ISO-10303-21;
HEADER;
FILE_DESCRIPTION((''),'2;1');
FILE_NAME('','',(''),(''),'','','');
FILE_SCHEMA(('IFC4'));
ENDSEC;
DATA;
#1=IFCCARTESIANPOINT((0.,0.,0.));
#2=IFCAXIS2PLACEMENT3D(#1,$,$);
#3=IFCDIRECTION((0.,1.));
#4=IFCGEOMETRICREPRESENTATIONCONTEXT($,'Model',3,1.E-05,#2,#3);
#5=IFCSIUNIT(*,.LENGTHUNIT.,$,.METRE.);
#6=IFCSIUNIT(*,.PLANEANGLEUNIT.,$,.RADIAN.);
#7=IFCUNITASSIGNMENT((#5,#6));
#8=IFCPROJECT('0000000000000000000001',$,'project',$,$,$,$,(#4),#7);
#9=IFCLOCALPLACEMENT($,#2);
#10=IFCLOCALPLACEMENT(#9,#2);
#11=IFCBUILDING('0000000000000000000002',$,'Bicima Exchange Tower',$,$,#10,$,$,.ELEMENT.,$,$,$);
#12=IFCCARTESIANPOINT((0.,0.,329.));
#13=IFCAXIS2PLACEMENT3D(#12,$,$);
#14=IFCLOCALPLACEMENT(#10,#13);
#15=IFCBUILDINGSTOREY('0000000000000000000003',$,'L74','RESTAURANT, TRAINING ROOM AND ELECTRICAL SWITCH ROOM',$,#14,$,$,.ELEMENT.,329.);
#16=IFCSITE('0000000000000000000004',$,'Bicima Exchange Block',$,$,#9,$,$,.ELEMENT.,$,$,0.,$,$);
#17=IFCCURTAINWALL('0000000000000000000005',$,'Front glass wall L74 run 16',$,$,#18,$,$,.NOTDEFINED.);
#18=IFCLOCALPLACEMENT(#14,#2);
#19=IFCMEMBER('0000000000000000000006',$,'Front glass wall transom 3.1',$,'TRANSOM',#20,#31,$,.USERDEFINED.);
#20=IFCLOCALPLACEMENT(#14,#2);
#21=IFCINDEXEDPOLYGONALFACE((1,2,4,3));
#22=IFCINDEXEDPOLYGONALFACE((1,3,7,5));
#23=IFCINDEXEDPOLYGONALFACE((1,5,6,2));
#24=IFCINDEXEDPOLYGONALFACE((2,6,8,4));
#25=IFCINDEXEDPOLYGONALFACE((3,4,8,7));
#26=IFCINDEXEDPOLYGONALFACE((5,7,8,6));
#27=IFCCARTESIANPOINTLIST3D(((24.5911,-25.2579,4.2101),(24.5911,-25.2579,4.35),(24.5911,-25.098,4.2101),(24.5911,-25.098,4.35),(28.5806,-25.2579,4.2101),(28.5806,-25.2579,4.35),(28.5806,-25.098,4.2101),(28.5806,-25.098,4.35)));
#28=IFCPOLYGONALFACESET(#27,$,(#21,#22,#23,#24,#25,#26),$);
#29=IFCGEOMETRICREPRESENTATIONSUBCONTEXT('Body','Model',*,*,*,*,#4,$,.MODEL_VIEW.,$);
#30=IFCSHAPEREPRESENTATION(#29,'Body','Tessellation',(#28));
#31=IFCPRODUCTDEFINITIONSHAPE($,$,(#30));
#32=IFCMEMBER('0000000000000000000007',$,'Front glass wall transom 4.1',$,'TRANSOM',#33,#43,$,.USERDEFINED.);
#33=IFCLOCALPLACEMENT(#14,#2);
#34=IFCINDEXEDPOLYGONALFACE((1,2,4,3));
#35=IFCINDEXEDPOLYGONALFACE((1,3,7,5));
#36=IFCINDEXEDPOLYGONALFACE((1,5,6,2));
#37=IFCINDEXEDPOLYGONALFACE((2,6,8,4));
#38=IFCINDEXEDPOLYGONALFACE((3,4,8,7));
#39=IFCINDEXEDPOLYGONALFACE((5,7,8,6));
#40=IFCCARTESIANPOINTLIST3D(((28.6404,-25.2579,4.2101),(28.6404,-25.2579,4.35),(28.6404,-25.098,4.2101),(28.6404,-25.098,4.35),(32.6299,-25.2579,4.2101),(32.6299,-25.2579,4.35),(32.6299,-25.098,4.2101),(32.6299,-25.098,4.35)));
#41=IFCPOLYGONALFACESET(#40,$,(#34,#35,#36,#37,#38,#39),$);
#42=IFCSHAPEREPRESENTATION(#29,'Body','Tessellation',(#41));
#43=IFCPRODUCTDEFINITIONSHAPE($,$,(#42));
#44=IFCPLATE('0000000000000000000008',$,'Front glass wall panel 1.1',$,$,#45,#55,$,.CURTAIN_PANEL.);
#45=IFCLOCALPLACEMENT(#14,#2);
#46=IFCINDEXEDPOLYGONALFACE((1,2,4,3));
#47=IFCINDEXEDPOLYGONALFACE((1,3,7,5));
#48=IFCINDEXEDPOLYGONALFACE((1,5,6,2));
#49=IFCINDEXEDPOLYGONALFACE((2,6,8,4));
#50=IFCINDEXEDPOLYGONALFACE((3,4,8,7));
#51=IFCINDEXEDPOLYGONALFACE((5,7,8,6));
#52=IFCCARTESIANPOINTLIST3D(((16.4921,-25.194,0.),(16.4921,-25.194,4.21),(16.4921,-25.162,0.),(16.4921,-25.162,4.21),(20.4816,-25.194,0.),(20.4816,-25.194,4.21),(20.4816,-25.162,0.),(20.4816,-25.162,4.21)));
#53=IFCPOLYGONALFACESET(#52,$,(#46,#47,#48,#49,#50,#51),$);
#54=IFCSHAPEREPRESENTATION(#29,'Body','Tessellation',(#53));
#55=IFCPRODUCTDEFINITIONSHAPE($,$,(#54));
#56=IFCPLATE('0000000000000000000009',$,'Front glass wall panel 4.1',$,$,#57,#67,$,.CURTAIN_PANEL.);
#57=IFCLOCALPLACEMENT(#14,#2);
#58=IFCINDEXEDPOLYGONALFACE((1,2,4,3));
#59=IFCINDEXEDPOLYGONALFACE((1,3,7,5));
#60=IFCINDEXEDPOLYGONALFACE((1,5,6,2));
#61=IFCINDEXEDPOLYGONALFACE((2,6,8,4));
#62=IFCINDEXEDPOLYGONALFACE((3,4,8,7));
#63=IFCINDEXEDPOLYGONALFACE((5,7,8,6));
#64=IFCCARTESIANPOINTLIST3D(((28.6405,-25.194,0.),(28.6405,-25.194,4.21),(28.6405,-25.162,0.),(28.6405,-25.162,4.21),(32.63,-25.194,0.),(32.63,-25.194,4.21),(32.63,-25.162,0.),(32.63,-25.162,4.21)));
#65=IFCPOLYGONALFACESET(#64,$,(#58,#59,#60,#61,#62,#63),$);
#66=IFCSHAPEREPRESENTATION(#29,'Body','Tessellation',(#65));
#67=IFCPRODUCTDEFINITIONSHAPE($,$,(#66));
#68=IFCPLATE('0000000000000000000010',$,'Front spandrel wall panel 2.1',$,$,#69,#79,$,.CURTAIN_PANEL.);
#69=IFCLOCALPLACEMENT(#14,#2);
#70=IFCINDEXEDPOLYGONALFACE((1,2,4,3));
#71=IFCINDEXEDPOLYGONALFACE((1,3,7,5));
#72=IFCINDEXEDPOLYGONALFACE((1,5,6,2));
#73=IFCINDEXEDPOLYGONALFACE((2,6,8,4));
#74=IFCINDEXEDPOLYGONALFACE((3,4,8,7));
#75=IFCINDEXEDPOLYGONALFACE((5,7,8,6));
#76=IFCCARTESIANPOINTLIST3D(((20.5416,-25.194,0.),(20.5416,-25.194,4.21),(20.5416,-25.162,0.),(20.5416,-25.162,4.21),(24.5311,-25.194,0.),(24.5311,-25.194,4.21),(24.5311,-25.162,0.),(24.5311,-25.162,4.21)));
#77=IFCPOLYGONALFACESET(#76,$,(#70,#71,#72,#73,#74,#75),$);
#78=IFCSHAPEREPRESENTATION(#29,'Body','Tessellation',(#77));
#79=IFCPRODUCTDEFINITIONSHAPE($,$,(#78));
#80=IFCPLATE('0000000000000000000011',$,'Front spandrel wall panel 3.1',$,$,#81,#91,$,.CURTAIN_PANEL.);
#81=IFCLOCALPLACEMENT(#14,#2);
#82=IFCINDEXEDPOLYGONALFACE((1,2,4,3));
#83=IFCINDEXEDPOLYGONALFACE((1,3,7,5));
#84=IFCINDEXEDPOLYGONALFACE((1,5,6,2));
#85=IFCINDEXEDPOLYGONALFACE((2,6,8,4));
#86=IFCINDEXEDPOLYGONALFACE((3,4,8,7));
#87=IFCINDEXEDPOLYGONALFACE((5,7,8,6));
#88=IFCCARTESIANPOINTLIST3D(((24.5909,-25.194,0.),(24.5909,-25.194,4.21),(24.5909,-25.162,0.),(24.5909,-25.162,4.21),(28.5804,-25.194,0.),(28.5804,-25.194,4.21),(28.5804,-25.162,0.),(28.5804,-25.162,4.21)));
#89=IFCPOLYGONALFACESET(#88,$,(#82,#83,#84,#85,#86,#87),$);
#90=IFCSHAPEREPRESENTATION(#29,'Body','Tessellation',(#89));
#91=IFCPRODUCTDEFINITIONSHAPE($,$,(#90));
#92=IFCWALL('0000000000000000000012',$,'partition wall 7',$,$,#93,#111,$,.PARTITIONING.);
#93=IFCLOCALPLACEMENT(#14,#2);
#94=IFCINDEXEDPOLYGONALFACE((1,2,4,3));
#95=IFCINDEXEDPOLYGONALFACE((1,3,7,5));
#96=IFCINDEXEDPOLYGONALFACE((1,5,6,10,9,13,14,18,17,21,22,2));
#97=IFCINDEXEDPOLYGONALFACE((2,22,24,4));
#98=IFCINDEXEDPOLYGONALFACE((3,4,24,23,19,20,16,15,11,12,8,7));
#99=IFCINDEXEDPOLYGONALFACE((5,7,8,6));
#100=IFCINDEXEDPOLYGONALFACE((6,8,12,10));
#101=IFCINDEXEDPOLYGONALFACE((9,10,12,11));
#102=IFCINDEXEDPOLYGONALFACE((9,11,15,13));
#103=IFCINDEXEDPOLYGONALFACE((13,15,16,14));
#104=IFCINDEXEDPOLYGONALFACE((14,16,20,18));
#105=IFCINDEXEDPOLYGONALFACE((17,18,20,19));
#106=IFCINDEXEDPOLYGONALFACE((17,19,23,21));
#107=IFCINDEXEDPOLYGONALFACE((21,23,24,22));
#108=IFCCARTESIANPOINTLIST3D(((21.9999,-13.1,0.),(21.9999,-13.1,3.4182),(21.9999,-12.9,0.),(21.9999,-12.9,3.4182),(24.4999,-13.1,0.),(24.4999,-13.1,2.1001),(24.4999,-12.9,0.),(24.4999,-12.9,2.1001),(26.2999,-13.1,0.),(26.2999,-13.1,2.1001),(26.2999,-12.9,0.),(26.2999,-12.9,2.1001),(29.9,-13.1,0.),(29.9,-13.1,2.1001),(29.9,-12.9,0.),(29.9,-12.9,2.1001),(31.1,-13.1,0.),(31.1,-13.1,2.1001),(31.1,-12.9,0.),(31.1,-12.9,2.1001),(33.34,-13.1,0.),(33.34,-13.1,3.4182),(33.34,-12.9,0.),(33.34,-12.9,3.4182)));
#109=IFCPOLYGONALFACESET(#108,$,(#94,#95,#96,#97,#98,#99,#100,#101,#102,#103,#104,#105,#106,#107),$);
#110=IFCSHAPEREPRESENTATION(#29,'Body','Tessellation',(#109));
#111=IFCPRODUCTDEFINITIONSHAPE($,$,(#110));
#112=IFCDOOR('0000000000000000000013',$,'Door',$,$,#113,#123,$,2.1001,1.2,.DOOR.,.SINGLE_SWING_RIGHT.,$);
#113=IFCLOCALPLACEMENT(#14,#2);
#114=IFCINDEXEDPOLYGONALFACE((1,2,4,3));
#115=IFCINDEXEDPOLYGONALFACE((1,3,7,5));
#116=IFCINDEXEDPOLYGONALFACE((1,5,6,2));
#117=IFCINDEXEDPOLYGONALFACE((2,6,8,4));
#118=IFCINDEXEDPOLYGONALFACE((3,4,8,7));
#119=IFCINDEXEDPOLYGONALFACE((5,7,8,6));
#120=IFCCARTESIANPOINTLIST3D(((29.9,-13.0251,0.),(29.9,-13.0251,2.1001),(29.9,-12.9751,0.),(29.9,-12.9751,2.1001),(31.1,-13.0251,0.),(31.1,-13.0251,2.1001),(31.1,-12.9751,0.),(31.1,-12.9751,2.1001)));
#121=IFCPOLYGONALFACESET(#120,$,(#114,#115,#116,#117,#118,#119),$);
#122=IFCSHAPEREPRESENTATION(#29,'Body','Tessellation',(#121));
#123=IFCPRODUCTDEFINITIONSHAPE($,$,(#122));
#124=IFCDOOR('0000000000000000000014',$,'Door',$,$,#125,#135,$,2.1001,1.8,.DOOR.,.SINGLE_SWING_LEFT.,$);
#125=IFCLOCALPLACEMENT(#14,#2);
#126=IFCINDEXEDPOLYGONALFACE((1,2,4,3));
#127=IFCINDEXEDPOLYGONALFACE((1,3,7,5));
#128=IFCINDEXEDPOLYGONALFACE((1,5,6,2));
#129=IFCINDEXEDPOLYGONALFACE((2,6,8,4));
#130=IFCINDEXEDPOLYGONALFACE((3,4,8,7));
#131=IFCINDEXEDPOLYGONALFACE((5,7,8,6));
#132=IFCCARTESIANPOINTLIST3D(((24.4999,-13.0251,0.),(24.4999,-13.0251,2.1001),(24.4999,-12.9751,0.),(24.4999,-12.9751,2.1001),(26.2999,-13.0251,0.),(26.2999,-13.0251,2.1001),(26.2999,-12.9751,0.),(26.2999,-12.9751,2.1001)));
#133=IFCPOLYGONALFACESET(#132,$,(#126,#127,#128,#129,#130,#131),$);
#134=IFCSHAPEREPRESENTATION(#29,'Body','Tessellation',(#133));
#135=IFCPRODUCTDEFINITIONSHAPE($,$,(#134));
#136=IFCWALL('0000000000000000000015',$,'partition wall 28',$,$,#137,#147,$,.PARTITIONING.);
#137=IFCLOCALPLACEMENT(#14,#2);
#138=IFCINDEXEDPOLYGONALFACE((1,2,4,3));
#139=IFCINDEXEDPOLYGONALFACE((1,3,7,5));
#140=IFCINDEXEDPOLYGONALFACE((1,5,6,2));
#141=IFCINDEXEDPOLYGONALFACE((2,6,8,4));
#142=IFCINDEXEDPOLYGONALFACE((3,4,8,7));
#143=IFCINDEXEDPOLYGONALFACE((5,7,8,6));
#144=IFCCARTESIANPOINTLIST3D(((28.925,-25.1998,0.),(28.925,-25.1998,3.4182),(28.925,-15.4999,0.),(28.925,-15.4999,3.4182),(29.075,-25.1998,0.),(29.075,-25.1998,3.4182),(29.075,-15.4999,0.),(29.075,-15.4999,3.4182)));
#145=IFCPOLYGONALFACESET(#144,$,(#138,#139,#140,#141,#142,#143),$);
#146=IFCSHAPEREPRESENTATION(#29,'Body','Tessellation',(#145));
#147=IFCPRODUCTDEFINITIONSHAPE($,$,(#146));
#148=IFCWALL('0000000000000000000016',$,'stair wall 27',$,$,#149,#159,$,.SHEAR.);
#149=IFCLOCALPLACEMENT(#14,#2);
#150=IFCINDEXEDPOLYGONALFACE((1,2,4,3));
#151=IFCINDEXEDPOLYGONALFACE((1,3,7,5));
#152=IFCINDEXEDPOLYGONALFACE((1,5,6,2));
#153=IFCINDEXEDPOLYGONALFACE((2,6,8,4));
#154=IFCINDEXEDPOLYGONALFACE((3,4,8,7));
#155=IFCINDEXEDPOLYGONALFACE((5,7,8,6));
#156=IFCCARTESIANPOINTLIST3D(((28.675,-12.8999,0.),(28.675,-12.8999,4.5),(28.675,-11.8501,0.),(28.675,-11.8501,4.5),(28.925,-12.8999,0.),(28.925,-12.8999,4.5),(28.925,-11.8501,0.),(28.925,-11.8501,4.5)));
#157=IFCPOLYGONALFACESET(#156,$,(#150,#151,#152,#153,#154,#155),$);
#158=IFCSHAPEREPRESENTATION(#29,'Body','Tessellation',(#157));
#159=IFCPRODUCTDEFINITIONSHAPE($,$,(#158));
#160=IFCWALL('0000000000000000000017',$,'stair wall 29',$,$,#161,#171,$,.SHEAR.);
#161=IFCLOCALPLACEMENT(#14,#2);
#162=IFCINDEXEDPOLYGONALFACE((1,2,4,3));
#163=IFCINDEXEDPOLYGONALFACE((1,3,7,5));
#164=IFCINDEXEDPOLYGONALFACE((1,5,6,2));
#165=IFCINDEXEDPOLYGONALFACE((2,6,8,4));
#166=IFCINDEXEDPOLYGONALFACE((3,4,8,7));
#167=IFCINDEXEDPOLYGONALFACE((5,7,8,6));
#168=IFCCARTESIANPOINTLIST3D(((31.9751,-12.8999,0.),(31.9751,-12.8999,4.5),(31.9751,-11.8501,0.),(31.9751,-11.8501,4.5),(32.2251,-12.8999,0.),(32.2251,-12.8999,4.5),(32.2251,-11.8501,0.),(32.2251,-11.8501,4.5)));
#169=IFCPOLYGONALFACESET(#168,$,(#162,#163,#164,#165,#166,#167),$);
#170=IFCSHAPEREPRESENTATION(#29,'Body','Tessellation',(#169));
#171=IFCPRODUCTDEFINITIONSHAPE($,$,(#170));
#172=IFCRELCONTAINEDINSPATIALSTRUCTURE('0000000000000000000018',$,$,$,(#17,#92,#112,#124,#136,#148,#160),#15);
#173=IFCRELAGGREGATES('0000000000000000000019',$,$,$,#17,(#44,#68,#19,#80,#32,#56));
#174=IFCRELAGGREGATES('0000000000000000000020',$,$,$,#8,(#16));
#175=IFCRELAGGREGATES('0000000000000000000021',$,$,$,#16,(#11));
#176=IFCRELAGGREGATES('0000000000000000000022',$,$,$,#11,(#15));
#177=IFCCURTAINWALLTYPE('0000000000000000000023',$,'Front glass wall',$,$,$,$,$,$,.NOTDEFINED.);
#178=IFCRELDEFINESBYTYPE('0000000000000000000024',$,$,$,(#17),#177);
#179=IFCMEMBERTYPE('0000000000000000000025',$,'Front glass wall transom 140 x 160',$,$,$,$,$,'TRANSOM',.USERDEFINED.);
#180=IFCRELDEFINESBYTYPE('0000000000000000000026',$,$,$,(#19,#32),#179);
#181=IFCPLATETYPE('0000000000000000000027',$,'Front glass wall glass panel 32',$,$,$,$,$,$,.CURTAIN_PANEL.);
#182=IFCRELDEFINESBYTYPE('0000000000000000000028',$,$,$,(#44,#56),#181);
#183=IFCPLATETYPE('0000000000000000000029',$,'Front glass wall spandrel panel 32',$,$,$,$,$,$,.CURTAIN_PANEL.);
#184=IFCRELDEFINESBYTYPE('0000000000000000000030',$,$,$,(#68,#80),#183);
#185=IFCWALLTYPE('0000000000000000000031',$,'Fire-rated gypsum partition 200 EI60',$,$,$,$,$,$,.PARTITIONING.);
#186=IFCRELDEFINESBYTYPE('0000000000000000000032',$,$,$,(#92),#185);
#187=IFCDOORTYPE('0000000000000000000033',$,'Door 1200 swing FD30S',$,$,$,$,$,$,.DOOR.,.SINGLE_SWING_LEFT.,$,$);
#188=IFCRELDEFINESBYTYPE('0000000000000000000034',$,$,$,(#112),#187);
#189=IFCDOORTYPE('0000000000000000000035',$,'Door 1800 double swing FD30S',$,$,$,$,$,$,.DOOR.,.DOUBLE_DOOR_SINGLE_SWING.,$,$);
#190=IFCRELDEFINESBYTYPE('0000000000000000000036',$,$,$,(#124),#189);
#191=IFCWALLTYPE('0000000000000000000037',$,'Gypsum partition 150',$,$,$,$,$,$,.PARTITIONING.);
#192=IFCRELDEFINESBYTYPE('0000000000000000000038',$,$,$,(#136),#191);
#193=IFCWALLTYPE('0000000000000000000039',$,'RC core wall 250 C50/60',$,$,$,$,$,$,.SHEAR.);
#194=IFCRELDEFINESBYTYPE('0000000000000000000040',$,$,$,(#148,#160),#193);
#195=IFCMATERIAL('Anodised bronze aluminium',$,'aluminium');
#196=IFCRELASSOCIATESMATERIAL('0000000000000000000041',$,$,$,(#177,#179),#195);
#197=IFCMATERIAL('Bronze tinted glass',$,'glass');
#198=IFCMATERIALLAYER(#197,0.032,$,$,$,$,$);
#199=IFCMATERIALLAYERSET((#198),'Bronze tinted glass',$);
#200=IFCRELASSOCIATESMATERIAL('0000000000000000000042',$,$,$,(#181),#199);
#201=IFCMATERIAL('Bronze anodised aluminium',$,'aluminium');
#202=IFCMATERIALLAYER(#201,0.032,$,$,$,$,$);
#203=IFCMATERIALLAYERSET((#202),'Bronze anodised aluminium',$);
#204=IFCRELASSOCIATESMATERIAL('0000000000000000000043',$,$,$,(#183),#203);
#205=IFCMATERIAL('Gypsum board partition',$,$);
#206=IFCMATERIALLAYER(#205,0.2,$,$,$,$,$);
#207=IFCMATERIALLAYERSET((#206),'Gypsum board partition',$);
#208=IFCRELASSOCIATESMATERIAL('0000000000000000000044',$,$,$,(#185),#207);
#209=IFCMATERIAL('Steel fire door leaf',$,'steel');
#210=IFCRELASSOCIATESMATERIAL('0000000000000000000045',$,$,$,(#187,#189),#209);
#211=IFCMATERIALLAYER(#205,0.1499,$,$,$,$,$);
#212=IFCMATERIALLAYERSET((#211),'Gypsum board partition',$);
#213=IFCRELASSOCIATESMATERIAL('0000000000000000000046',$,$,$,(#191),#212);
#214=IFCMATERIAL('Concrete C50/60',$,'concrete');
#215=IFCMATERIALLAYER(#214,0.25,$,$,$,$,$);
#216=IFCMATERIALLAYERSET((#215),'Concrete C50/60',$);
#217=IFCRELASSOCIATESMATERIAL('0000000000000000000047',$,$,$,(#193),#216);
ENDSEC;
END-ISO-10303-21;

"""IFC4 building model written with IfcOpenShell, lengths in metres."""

from ifc_helpers import new_model, si_unit, direction, frame, frame_2d, origin, origin_2d, place, context, subcontext, project, spatial, rectangle, extrude, material, layer, layer_set, material_profile, profile_set, type_object, element, fill, aggregate, save


model = new_model("IFC4")

# Units and contexts
model_context = context("Model", 3, precision=1e-05, world=origin(), true_north=direction((0.0, 1.0)))
body_context = subcontext(model_context, "Body", "Model", "MODEL_VIEW")
ifc_project = project(units=[si_unit("LENGTHUNIT", "METRE"), si_unit("PLANEANGLEUNIT", "RADIAN")], contexts=[model_context])

# Site, building, storey
site_placement = place(None, origin())
site = spatial("IfcSite", under=ifc_project, at=site_placement, Name="Bicima Exchange Block", CompositionType="ELEMENT", RefElevation=0.0)
building_placement = place(site_placement, origin())
building = spatial("IfcBuilding", under=site, at=building_placement, Name="Bicima Exchange Tower", CompositionType="ELEMENT")
storey_placement = place(building_placement, frame((0.0, 0.0, 329.0)))
storey = spatial("IfcBuildingStorey", under=building, at=storey_placement, Name="L74", Description="RESTAURANT, TRAINING ROOM AND ELECTRICAL SWITCH ROOM", CompositionType="ELEMENT", Elevation=329.0)

# Curtain wall, members, plates
ifc_material_1 = material(Name="Anodised bronze aluminium", Category="aluminium")
curtain_wall_type = type_object("IfcCurtainWallType", Name="Front glass wall", PredefinedType="NOTDEFINED", material=ifc_material_1)
curtain_wall_placement = place(storey_placement, origin())
curtain_wall = element("IfcCurtainWall", 1, at=curtain_wall_placement, inside=storey, type_object=curtain_wall_type, Name="Front glass wall L74 run 16", PredefinedType="NOTDEFINED")
ifc_material_profile_1 = material_profile(ifc_material_1, rectangle(XDim=0.1599, YDim=0.1399, at=origin_2d()))
ifc_profile_set_1 = profile_set([ifc_material_profile_1], Name="Anodised bronze aluminium")
member_type_1 = type_object("IfcMemberType", Name="Front glass wall transom 140 x 160", ElementType="TRANSOM", PredefinedType="USERDEFINED", material=ifc_profile_set_1)
member_1_placement = place(storey_placement, frame((24.5911, -25.178, 4.28), z_axis=(1.0, 0.0, 0.0), x_axis=(0.0, 1.0, 0.0)))
member_1 = element("IfcMember", 2, at=member_1_placement, type_object=member_type_1, Name="Front glass wall transom 3.1", ObjectType="TRANSOM", PredefinedType="USERDEFINED", context=body_context, shape_type="SweptSolid", body=[
    extrude(rectangle(XDim=0.1599, YDim=0.1399, at=origin_2d()), origin(), (0.0, 0.0, 1.0), 3.9895),
])
member_2_placement = place(storey_placement, frame((28.6404, -25.178, 4.28), z_axis=(1.0, 0.0, 0.0), x_axis=(0.0, 1.0, 0.0)))
member_2 = element("IfcMember", 3, at=member_2_placement, type_object=member_type_1, Name="Front glass wall transom 4.1", ObjectType="TRANSOM", PredefinedType="USERDEFINED", context=body_context, shape_type="SweptSolid", body=[
    extrude(rectangle(XDim=0.1599, YDim=0.1399, at=origin_2d()), origin(), (0.0, 0.0, 1.0), 3.9895),
])
ifc_material_2 = material(Name="Bronze tinted glass", Category="glass")
ifc_layer_1 = layer(ifc_material_2, 0.032)
ifc_layer_set_1 = layer_set([ifc_layer_1], Name="Bronze tinted glass")
plate_type_1 = type_object("IfcPlateType", Name="Front glass wall glass panel 32", PredefinedType="CURTAIN_PANEL", material=ifc_layer_set_1)
plate_1_placement = place(storey_placement, frame((18.4868, -25.178, 0.0), z_axis=(0.0, 0.0, 1.0), x_axis=(1.0, 0.0, 0.0)))
plate_1 = element("IfcPlate", 4, at=plate_1_placement, type_object=plate_type_1, Name="Front glass wall panel 1.1", PredefinedType="CURTAIN_PANEL", context=body_context, shape_type="SweptSolid", body=[
    extrude(rectangle(XDim=3.9895, YDim=0.032, at=origin_2d()), origin(), (0.0, 0.0, 1.0), 4.21),
])
plate_2_placement = place(storey_placement, frame((30.6353, -25.178, 0.0), z_axis=(0.0, 0.0, 1.0), x_axis=(1.0, 0.0, 0.0)))
plate_2 = element("IfcPlate", 5, at=plate_2_placement, type_object=plate_type_1, Name="Front glass wall panel 4.1", PredefinedType="CURTAIN_PANEL", context=body_context, shape_type="SweptSolid", body=[
    extrude(rectangle(XDim=3.9895, YDim=0.032, at=origin_2d()), origin(), (0.0, 0.0, 1.0), 4.21),
])
ifc_material_3 = material(Name="Bronze anodised aluminium", Category="aluminium")
ifc_layer_2 = layer(ifc_material_3, 0.032)
ifc_layer_set_2 = layer_set([ifc_layer_2], Name="Bronze anodised aluminium")
plate_type_2 = type_object("IfcPlateType", Name="Front glass wall spandrel panel 32", PredefinedType="CURTAIN_PANEL", material=ifc_layer_set_2)
plate_3_placement = place(storey_placement, frame((22.5364, -25.178, 0.0), z_axis=(0.0, 0.0, 1.0), x_axis=(1.0, 0.0, 0.0)))
plate_3 = element("IfcPlate", 6, at=plate_3_placement, type_object=plate_type_2, Name="Front spandrel wall panel 2.1", PredefinedType="CURTAIN_PANEL", context=body_context, shape_type="SweptSolid", body=[
    extrude(rectangle(XDim=3.9895, YDim=0.032, at=origin_2d()), origin(), (0.0, 0.0, 1.0), 4.21),
])
plate_4_placement = place(storey_placement, frame((26.5857, -25.178, 0.0), z_axis=(0.0, 0.0, 1.0), x_axis=(1.0, 0.0, 0.0)))
plate_4 = element("IfcPlate", 7, at=plate_4_placement, type_object=plate_type_2, Name="Front spandrel wall panel 3.1", PredefinedType="CURTAIN_PANEL", context=body_context, shape_type="SweptSolid", body=[
    extrude(rectangle(XDim=3.9895, YDim=0.032, at=origin_2d()), origin(), (0.0, 0.0, 1.0), 4.21),
])
aggregate(curtain_wall, [plate_1, plate_3, member_1, plate_4, member_2, plate_2])

# Wall, openings, doors
ifc_material_4 = material(Name="Gypsum board partition")
ifc_layer_3 = layer(ifc_material_4, 0.2)
ifc_layer_set_3 = layer_set([ifc_layer_3], Name="Gypsum board partition")
wall_type_1 = type_object("IfcWallType", Name="Fire-rated gypsum partition 200 EI60", PredefinedType="PARTITIONING", material=ifc_layer_set_3)
wall_1_placement = place(storey_placement, frame((22.0, -13.0, 0.0), z_axis=(0.0, 0.0, 1.0), x_axis=(1.0, 0.0, 0.0)))
wall_1 = element("IfcWall", 8, at=wall_1_placement, inside=storey, type_object=wall_type_1, Name="partition wall 7", PredefinedType="PARTITIONING", context=body_context, shape_type="SweptSolid", body=[
    extrude(rectangle(XDim=11.3401, YDim=0.2, at=frame_2d((5.6699, 0.0))), origin(), (0.0, 0.0, 1.0), 3.4182),
])
opening_1_placement = place(wall_1_placement, frame((7.8999, 0.0, 0.0)))
opening_1 = element("IfcOpeningElement", 9, at=opening_1_placement, cuts=wall_1, PredefinedType="OPENING", context=body_context, shape_type="SweptSolid", body=[
    extrude(rectangle(XDim=1.2, YDim=2.1001, at=frame_2d((0.6001, 1.05))), frame((0.0, 0.1118, 0.0), z_axis=(0.0, -1.0, 0.0), x_axis=(1.0, 0.0, 0.0)), (0.0, 0.0, 1.0), 0.2239),
])
opening_2_placement = place(wall_1_placement, frame((2.5, 0.0, 0.0)))
opening_2 = element("IfcOpeningElement", 10, at=opening_2_placement, cuts=wall_1, PredefinedType="OPENING", context=body_context, shape_type="SweptSolid", body=[
    extrude(rectangle(XDim=1.8, YDim=2.1001, at=frame_2d((0.8999, 1.05))), frame((0.0, 0.1118, 0.0), z_axis=(0.0, -1.0, 0.0), x_axis=(1.0, 0.0, 0.0)), (0.0, 0.0, 1.0), 0.2239),
])
ifc_material_5 = material(Name="Steel fire door leaf", Category="steel")
door_type_1 = type_object("IfcDoorType", Name="Door 1200 swing FD30S", OperationType="SINGLE_SWING_LEFT", PredefinedType="DOOR", material=ifc_material_5)
door_1_placement = place(opening_1_placement, origin())
door_1 = element("IfcDoor", 11, at=door_1_placement, inside=storey, type_object=door_type_1, Name="Door", OperationType="SINGLE_SWING_RIGHT", OverallHeight=2.1001, OverallWidth=1.2, PredefinedType="DOOR", context=body_context, shape_type="SweptSolid", body=[
    extrude(rectangle(XDim=1.2, YDim=2.1001, at=frame_2d((0.6001, 1.05))), frame((0.0, 0.0249, 0.0), z_axis=(0.0, -1.0, 0.0), x_axis=(1.0, 0.0, 0.0)), (0.0, 0.0, 1.0), 0.05),
])
fill(opening_1, door_1)
door_type_2 = type_object("IfcDoorType", Name="Door 1800 double swing FD30S", OperationType="DOUBLE_DOOR_SINGLE_SWING", PredefinedType="DOOR", material=ifc_material_5)
door_2_placement = place(opening_2_placement, origin())
door_2 = element("IfcDoor", 12, at=door_2_placement, inside=storey, type_object=door_type_2, Name="Door", OperationType="SINGLE_SWING_LEFT", OverallHeight=2.1001, OverallWidth=1.8, PredefinedType="DOOR", context=body_context, shape_type="SweptSolid", body=[
    extrude(rectangle(XDim=1.8, YDim=2.1001, at=frame_2d((0.8999, 1.05))), frame((0.0, 0.0249, 0.0), z_axis=(0.0, -1.0, 0.0), x_axis=(1.0, 0.0, 0.0)), (0.0, 0.0, 1.0), 0.05),
])
fill(opening_2, door_2)

# Walls
ifc_layer_4 = layer(ifc_material_4, 0.1499)
ifc_layer_set_4 = layer_set([ifc_layer_4], Name="Gypsum board partition")
wall_type_2 = type_object("IfcWallType", Name="Gypsum partition 150", PredefinedType="PARTITIONING", material=ifc_layer_set_4)
wall_2_placement = place(storey_placement, frame((29.0, -25.2, 0.0), z_axis=(0.0, 0.0, 1.0), x_axis=(0.0, 1.0, 0.0)))
element("IfcWall", 13, at=wall_2_placement, inside=storey, type_object=wall_type_2, Name="partition wall 28", PredefinedType="PARTITIONING", context=body_context, shape_type="SweptSolid", body=[
    extrude(rectangle(XDim=9.7, YDim=0.1499, at=frame_2d((4.8501, 0.0))), origin(), (0.0, 0.0, 1.0), 3.4182),
])
ifc_material_6 = material(Name="Concrete C50/60", Category="concrete")
ifc_layer_5 = layer(ifc_material_6, 0.25)
ifc_layer_set_5 = layer_set([ifc_layer_5], Name="Concrete C50/60")
wall_type_3 = type_object("IfcWallType", Name="RC core wall 250 C50/60", PredefinedType="SHEAR", material=ifc_layer_set_5)
for number, where, z_axis, x_axis, name in (
    (14, (28.8, -12.8999, 0.0), (0.0, 0.0, 1.0), (0.0, 1.0, 0.0), "stair wall 27"),
    (15, (32.1001, -12.8999, 0.0), (0.0, 0.0, 1.0), (0.0, 1.0, 0.0), "stair wall 29"),
):
    element("IfcWall", number, at=place(storey_placement, frame(where, z_axis=z_axis, x_axis=x_axis)), inside=storey, type_object=wall_type_3, Name=name, PredefinedType="SHEAR", context=body_context, shape_type="SweptSolid", body=[
        extrude(rectangle(XDim=1.0498, YDim=0.25, at=frame_2d((0.5249, 0.0))), origin(), (0.0, 0.0, 1.0), 4.5),
    ])

save(model, "model.ifc")
